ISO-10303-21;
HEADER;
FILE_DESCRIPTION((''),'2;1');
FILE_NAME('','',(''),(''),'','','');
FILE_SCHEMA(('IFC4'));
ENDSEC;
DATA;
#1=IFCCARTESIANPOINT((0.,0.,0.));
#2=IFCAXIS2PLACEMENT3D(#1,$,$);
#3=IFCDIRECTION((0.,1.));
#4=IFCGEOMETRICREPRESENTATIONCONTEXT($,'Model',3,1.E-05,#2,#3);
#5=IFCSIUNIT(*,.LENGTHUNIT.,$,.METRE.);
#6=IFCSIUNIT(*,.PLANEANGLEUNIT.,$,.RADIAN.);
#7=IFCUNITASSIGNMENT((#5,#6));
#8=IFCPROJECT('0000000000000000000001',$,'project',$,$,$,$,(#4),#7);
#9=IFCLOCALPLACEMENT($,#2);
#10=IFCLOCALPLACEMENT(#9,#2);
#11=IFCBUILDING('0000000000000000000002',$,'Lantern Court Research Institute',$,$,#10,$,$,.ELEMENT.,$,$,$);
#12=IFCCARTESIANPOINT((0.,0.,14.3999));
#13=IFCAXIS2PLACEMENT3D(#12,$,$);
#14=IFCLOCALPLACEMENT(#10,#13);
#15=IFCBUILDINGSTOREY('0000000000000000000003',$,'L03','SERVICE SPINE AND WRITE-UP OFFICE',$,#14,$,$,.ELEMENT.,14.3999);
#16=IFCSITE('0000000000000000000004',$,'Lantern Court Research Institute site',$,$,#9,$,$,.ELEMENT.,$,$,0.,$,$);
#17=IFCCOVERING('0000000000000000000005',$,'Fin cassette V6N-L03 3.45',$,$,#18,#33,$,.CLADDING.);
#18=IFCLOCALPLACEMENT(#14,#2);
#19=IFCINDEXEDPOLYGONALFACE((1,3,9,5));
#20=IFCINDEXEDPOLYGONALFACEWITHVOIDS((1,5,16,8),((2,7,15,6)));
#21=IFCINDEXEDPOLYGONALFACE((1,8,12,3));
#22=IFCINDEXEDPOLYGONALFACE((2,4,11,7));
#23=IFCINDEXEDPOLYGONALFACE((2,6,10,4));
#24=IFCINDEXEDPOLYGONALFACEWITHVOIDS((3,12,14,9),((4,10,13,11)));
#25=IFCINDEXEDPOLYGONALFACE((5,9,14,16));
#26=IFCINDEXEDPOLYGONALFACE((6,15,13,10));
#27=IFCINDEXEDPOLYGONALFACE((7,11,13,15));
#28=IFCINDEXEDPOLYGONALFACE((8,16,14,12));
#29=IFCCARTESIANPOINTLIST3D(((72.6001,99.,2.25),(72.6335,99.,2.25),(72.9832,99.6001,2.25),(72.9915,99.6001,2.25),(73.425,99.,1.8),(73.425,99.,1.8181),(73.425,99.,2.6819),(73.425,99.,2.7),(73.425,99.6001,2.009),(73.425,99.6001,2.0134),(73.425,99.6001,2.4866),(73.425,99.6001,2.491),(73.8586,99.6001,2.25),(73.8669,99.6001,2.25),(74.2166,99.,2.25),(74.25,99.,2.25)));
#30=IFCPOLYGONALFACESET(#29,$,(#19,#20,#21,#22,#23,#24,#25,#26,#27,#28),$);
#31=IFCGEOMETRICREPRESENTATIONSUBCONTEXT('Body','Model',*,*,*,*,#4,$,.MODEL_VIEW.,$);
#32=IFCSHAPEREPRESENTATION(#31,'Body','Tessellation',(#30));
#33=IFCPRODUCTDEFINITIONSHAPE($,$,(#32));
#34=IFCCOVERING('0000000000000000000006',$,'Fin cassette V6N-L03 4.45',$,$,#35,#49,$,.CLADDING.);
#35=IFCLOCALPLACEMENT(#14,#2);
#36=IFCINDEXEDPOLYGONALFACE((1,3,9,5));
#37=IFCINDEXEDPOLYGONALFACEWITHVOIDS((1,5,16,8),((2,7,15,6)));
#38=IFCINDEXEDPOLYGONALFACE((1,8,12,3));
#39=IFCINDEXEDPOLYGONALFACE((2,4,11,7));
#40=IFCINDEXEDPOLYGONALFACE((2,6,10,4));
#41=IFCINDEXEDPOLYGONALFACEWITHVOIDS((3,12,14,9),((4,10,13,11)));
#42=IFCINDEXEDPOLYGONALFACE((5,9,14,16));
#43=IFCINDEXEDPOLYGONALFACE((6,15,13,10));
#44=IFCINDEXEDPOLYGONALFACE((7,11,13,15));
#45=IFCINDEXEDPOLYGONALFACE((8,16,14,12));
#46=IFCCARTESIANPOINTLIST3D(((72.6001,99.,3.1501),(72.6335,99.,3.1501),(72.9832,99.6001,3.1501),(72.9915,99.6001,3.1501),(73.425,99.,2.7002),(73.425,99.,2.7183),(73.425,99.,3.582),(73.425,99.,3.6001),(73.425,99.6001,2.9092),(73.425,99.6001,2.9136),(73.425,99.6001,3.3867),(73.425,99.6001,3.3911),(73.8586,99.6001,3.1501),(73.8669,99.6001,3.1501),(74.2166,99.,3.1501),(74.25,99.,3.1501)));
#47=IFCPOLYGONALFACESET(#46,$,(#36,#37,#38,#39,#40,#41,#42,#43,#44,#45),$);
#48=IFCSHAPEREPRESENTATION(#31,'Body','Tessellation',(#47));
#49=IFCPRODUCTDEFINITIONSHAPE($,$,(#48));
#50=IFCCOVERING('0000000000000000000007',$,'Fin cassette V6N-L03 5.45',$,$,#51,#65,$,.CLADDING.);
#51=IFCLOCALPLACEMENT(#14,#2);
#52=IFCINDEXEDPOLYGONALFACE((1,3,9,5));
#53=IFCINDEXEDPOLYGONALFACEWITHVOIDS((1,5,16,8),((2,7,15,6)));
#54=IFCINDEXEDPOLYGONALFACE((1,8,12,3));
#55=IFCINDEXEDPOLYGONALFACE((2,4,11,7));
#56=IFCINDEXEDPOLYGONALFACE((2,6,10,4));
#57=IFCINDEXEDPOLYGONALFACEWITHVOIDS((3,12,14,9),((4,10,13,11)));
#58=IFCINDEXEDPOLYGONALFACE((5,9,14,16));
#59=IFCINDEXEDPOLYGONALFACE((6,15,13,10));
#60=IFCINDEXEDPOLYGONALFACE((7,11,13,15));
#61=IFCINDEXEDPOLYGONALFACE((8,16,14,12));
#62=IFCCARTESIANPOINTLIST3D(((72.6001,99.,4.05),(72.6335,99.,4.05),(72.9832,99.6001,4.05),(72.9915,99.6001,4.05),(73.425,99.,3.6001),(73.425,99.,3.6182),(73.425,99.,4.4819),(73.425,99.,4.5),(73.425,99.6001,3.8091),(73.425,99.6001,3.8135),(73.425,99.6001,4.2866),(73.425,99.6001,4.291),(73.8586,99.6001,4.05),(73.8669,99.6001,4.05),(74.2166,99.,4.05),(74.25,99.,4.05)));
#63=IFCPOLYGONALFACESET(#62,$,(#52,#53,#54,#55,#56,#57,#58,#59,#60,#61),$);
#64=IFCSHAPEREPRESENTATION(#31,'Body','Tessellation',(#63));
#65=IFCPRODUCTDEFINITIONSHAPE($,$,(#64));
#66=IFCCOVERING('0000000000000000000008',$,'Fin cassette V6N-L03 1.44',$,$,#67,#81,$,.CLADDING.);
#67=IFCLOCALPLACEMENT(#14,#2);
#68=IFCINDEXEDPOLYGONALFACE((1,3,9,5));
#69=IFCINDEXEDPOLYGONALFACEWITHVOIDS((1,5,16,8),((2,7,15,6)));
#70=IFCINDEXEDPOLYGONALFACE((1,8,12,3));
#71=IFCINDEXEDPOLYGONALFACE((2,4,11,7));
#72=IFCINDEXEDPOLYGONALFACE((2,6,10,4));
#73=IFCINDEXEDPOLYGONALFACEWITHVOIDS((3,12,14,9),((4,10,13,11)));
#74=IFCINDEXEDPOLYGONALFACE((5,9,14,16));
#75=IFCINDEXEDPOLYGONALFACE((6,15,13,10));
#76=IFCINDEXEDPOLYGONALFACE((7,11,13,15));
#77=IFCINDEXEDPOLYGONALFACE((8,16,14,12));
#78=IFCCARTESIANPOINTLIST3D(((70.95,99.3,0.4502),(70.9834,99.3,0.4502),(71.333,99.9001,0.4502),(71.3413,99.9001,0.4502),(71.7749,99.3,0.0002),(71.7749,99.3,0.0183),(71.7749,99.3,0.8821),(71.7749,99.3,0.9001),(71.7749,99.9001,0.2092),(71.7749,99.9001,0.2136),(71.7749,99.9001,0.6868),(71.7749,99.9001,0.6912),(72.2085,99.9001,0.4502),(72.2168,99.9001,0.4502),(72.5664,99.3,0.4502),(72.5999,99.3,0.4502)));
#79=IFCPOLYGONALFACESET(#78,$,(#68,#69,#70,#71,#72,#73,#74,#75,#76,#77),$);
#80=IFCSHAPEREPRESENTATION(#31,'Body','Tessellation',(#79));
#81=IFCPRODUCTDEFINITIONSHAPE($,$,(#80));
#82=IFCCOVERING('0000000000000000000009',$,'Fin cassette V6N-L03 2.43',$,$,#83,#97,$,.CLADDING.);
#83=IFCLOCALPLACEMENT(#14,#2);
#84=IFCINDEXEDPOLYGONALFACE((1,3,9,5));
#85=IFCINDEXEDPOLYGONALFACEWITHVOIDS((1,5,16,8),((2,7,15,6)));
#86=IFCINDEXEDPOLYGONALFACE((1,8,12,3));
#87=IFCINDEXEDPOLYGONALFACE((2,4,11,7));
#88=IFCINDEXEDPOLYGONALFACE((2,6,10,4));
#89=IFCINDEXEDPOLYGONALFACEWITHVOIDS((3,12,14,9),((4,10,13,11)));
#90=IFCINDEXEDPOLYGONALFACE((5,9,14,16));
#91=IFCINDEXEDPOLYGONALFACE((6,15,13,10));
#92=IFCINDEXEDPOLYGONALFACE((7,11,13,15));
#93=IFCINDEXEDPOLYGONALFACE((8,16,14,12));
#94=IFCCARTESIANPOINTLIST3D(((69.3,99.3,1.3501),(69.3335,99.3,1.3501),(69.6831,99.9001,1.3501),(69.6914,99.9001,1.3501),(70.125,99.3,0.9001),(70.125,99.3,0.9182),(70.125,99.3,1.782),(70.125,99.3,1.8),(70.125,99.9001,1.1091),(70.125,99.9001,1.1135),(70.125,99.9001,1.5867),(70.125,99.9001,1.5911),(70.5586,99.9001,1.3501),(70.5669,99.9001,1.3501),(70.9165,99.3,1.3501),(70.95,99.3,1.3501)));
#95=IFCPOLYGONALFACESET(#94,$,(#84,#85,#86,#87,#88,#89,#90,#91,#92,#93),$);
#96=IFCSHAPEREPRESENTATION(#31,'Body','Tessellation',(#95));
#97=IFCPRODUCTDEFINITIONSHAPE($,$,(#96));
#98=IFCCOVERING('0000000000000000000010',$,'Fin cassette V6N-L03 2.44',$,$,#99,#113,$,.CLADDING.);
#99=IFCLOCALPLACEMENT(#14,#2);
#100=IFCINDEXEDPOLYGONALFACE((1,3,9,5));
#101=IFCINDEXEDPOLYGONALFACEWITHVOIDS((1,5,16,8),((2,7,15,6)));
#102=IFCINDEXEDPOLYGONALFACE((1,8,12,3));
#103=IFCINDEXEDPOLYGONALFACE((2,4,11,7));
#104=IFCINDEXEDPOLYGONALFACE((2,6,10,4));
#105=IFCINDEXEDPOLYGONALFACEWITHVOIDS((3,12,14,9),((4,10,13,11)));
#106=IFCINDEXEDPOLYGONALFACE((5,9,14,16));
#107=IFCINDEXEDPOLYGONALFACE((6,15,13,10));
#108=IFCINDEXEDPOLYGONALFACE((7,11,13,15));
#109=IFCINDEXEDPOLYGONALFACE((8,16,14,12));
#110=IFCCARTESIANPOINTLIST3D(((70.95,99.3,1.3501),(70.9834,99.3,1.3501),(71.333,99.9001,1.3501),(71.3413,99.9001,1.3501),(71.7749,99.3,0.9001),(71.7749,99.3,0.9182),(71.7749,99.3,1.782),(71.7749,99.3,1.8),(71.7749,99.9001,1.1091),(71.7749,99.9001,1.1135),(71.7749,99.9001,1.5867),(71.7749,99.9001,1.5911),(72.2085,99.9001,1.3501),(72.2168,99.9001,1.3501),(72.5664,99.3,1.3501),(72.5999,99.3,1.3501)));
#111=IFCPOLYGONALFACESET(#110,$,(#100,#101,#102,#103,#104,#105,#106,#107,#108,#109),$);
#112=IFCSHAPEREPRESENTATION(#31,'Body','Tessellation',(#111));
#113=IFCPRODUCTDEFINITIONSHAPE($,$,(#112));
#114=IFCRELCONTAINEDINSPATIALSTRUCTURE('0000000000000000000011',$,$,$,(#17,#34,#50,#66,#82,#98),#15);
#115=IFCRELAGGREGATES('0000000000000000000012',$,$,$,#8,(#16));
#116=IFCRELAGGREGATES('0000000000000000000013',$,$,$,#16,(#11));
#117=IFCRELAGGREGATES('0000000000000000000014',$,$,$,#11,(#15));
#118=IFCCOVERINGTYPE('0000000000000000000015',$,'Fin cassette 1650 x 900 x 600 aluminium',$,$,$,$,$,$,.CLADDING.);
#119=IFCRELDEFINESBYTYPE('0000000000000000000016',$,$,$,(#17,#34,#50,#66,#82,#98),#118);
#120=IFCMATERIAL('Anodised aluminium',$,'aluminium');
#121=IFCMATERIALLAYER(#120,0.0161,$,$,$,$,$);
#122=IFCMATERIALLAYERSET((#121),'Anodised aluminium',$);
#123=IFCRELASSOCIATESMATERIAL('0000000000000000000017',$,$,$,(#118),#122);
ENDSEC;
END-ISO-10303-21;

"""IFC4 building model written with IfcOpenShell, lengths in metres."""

from ifc_helpers import new_model, entity, si_unit, direction, frame, origin, place, context, subcontext, project, spatial, material, layer, layer_set, type_object, element, save


model = new_model("IFC4")

# Units and contexts
model_context = context("Model", 3, precision=1e-05, world=origin(), true_north=direction((0.0, 1.0)))
body_context = subcontext(model_context, "Body", "Model", "MODEL_VIEW")
ifc_project = project(units=[si_unit("LENGTHUNIT", "METRE"), si_unit("PLANEANGLEUNIT", "RADIAN")], contexts=[model_context])

# Site, building, storey
site_placement = place(None, origin())
site = spatial("IfcSite", under=ifc_project, at=site_placement, Name="Lantern Court Research Institute site", CompositionType="ELEMENT", RefElevation=0.0)
building_placement = place(site_placement, origin())
building = spatial("IfcBuilding", under=site, at=building_placement, Name="Lantern Court Research Institute", CompositionType="ELEMENT")
storey_placement = place(building_placement, frame((0.0, 0.0, 14.3999)))
storey = spatial("IfcBuildingStorey", under=building, at=storey_placement, Name="L03", Description="SERVICE SPINE AND WRITE-UP OFFICE", CompositionType="ELEMENT", Elevation=14.3999)

# Coverings
ifc_material_1 = material(Name="Anodised aluminium", Category="aluminium")
ifc_layer_1 = layer(ifc_material_1, 0.0161)
ifc_layer_set_1 = layer_set([ifc_layer_1], Name="Anodised aluminium")
covering_type = type_object("IfcCoveringType", Name="Fin cassette 1650 x 900 x 600 aluminium", PredefinedType="CLADDING", material=ifc_layer_set_1)
covering_1_placement = place(storey_placement, frame((73.425, 99.0, 2.25), z_axis=(0.0, 1.0, 0.0), x_axis=(-1.0, 0.0, 0.0)))
cartesian_point_1 = entity("IfcCartesianPoint", [0.825, 0.0])
cartesian_point_2 = entity("IfcCartesianPoint", [0.7915, 0.0])
cartesian_point_3 = entity("IfcCartesianPoint", [0.4419, 0.0])
cartesian_point_4 = entity("IfcCartesianPoint", [0.4336, 0.0])
element("IfcCovering", 1, at=covering_1_placement, inside=storey, type_object=covering_type, Name="Fin cassette V6N-L03 3.45", PredefinedType="CLADDING", context=body_context, shape_type="SweptSolid", body=[
    entity("IfcExtrudedAreaSolidTapered", entity("IfcArbitraryProfileDefWithVoids", "AREA", None, entity("IfcPolyline", [cartesian_point_1, entity("IfcCartesianPoint", [0.0, 0.45]), entity("IfcCartesianPoint", [-0.825, 0.0]), entity("IfcCartesianPoint", [0.0, -0.45]), cartesian_point_1]), [entity("IfcPolyline", [cartesian_point_2, entity("IfcCartesianPoint", [0.0, 0.4319]), entity("IfcCartesianPoint", [-0.7915, 0.0]), entity("IfcCartesianPoint", [0.0, -0.4319]), cartesian_point_2])]), entity("IfcAxis2Placement3D", entity("IfcCartesianPoint", [0.0, 0.0, 0.0])), entity("IfcDirection", [0.0, 0.0, 1.0]), 0.6001, entity("IfcArbitraryProfileDefWithVoids", "AREA", None, entity("IfcPolyline", [cartesian_point_3, entity("IfcCartesianPoint", [0.0, 0.241]), entity("IfcCartesianPoint", [-0.4419, 0.0]), entity("IfcCartesianPoint", [0.0, -0.241]), cartesian_point_3]), [entity("IfcPolyline", [cartesian_point_4, entity("IfcCartesianPoint", [0.0, 0.2366]), entity("IfcCartesianPoint", [-0.4336, 0.0]), entity("IfcCartesianPoint", [0.0, -0.2366]), cartesian_point_4])])),
])
covering_2_placement = place(storey_placement, frame((73.425, 99.0, 3.1501), z_axis=(0.0, 1.0, 0.0), x_axis=(-1.0, 0.0, 0.0)))
cartesian_point_5 = entity("IfcCartesianPoint", [0.825, 0.0])
cartesian_point_6 = entity("IfcCartesianPoint", [0.7915, 0.0])
cartesian_point_7 = entity("IfcCartesianPoint", [0.4419, 0.0])
cartesian_point_8 = entity("IfcCartesianPoint", [0.4336, 0.0])
element("IfcCovering", 2, at=covering_2_placement, inside=storey, type_object=covering_type, Name="Fin cassette V6N-L03 4.45", PredefinedType="CLADDING", context=body_context, shape_type="SweptSolid", body=[
    entity("IfcExtrudedAreaSolidTapered", entity("IfcArbitraryProfileDefWithVoids", "AREA", None, entity("IfcPolyline", [cartesian_point_5, entity("IfcCartesianPoint", [0.0, 0.45]), entity("IfcCartesianPoint", [-0.825, 0.0]), entity("IfcCartesianPoint", [0.0, -0.45]), cartesian_point_5]), [entity("IfcPolyline", [cartesian_point_6, entity("IfcCartesianPoint", [0.0, 0.4319]), entity("IfcCartesianPoint", [-0.7915, 0.0]), entity("IfcCartesianPoint", [0.0, -0.4319]), cartesian_point_6])]), entity("IfcAxis2Placement3D", entity("IfcCartesianPoint", [0.0, 0.0, 0.0])), entity("IfcDirection", [0.0, 0.0, 1.0]), 0.6001, entity("IfcArbitraryProfileDefWithVoids", "AREA", None, entity("IfcPolyline", [cartesian_point_7, entity("IfcCartesianPoint", [0.0, 0.241]), entity("IfcCartesianPoint", [-0.4419, 0.0]), entity("IfcCartesianPoint", [0.0, -0.241]), cartesian_point_7]), [entity("IfcPolyline", [cartesian_point_8, entity("IfcCartesianPoint", [0.0, 0.2366]), entity("IfcCartesianPoint", [-0.4336, 0.0]), entity("IfcCartesianPoint", [0.0, -0.2366]), cartesian_point_8])])),
])
covering_3_placement = place(storey_placement, frame((73.425, 99.0, 4.05), z_axis=(0.0, 1.0, 0.0), x_axis=(-1.0, 0.0, 0.0)))
cartesian_point_9 = entity("IfcCartesianPoint", [0.825, 0.0])
cartesian_point_10 = entity("IfcCartesianPoint", [0.7915, 0.0])
cartesian_point_11 = entity("IfcCartesianPoint", [0.4419, 0.0])
cartesian_point_12 = entity("IfcCartesianPoint", [0.4336, 0.0])
element("IfcCovering", 3, at=covering_3_placement, inside=storey, type_object=covering_type, Name="Fin cassette V6N-L03 5.45", PredefinedType="CLADDING", context=body_context, shape_type="SweptSolid", body=[
    entity("IfcExtrudedAreaSolidTapered", entity("IfcArbitraryProfileDefWithVoids", "AREA", None, entity("IfcPolyline", [cartesian_point_9, entity("IfcCartesianPoint", [0.0, 0.45]), entity("IfcCartesianPoint", [-0.825, 0.0]), entity("IfcCartesianPoint", [0.0, -0.45]), cartesian_point_9]), [entity("IfcPolyline", [cartesian_point_10, entity("IfcCartesianPoint", [0.0, 0.4319]), entity("IfcCartesianPoint", [-0.7915, 0.0]), entity("IfcCartesianPoint", [0.0, -0.4319]), cartesian_point_10])]), entity("IfcAxis2Placement3D", entity("IfcCartesianPoint", [0.0, 0.0, 0.0])), entity("IfcDirection", [0.0, 0.0, 1.0]), 0.6001, entity("IfcArbitraryProfileDefWithVoids", "AREA", None, entity("IfcPolyline", [cartesian_point_11, entity("IfcCartesianPoint", [0.0, 0.241]), entity("IfcCartesianPoint", [-0.4419, 0.0]), entity("IfcCartesianPoint", [0.0, -0.241]), cartesian_point_11]), [entity("IfcPolyline", [cartesian_point_12, entity("IfcCartesianPoint", [0.0, 0.2366]), entity("IfcCartesianPoint", [-0.4336, 0.0]), entity("IfcCartesianPoint", [0.0, -0.2366]), cartesian_point_12])])),
])
covering_4_placement = place(storey_placement, frame((71.7749, 99.3, 0.4502), z_axis=(0.0, 1.0, 0.0), x_axis=(-1.0, 0.0, 0.0)))
cartesian_point_13 = entity("IfcCartesianPoint", [0.825, 0.0])
cartesian_point_14 = entity("IfcCartesianPoint", [0.7915, 0.0])
cartesian_point_15 = entity("IfcCartesianPoint", [0.4419, 0.0])
cartesian_point_16 = entity("IfcCartesianPoint", [0.4336, 0.0])
element("IfcCovering", 4, at=covering_4_placement, inside=storey, type_object=covering_type, Name="Fin cassette V6N-L03 1.44", PredefinedType="CLADDING", context=body_context, shape_type="SweptSolid", body=[
    entity("IfcExtrudedAreaSolidTapered", entity("IfcArbitraryProfileDefWithVoids", "AREA", None, entity("IfcPolyline", [cartesian_point_13, entity("IfcCartesianPoint", [0.0, 0.45]), entity("IfcCartesianPoint", [-0.825, 0.0]), entity("IfcCartesianPoint", [0.0, -0.45]), cartesian_point_13]), [entity("IfcPolyline", [cartesian_point_14, entity("IfcCartesianPoint", [0.0, 0.4319]), entity("IfcCartesianPoint", [-0.7915, 0.0]), entity("IfcCartesianPoint", [0.0, -0.4319]), cartesian_point_14])]), entity("IfcAxis2Placement3D", entity("IfcCartesianPoint", [0.0, 0.0, 0.0])), entity("IfcDirection", [0.0, 0.0, 1.0]), 0.6001, entity("IfcArbitraryProfileDefWithVoids", "AREA", None, entity("IfcPolyline", [cartesian_point_15, entity("IfcCartesianPoint", [0.0, 0.241]), entity("IfcCartesianPoint", [-0.4419, 0.0]), entity("IfcCartesianPoint", [0.0, -0.241]), cartesian_point_15]), [entity("IfcPolyline", [cartesian_point_16, entity("IfcCartesianPoint", [0.0, 0.2366]), entity("IfcCartesianPoint", [-0.4336, 0.0]), entity("IfcCartesianPoint", [0.0, -0.2366]), cartesian_point_16])])),
])
covering_5_placement = place(storey_placement, frame((70.125, 99.3, 1.3501), z_axis=(0.0, 1.0, 0.0), x_axis=(-1.0, 0.0, 0.0)))
cartesian_point_17 = entity("IfcCartesianPoint", [0.825, 0.0])
cartesian_point_18 = entity("IfcCartesianPoint", [0.7915, 0.0])
cartesian_point_19 = entity("IfcCartesianPoint", [0.4419, 0.0])
cartesian_point_20 = entity("IfcCartesianPoint", [0.4336, 0.0])
element("IfcCovering", 5, at=covering_5_placement, inside=storey, type_object=covering_type, Name="Fin cassette V6N-L03 2.43", PredefinedType="CLADDING", context=body_context, shape_type="SweptSolid", body=[
    entity("IfcExtrudedAreaSolidTapered", entity("IfcArbitraryProfileDefWithVoids", "AREA", None, entity("IfcPolyline", [cartesian_point_17, entity("IfcCartesianPoint", [0.0, 0.45]), entity("IfcCartesianPoint", [-0.825, 0.0]), entity("IfcCartesianPoint", [0.0, -0.45]), cartesian_point_17]), [entity("IfcPolyline", [cartesian_point_18, entity("IfcCartesianPoint", [0.0, 0.4319]), entity("IfcCartesianPoint", [-0.7915, 0.0]), entity("IfcCartesianPoint", [0.0, -0.4319]), cartesian_point_18])]), entity("IfcAxis2Placement3D", entity("IfcCartesianPoint", [0.0, 0.0, 0.0])), entity("IfcDirection", [0.0, 0.0, 1.0]), 0.6001, entity("IfcArbitraryProfileDefWithVoids", "AREA", None, entity("IfcPolyline", [cartesian_point_19, entity("IfcCartesianPoint", [0.0, 0.241]), entity("IfcCartesianPoint", [-0.4419, 0.0]), entity("IfcCartesianPoint", [0.0, -0.241]), cartesian_point_19]), [entity("IfcPolyline", [cartesian_point_20, entity("IfcCartesianPoint", [0.0, 0.2366]), entity("IfcCartesianPoint", [-0.4336, 0.0]), entity("IfcCartesianPoint", [0.0, -0.2366]), cartesian_point_20])])),
])
covering_6_placement = place(storey_placement, frame((71.7749, 99.3, 1.3501), z_axis=(0.0, 1.0, 0.0), x_axis=(-1.0, 0.0, 0.0)))
cartesian_point_21 = entity("IfcCartesianPoint", [0.825, 0.0])
cartesian_point_22 = entity("IfcCartesianPoint", [0.7915, 0.0])
cartesian_point_23 = entity("IfcCartesianPoint", [0.4419, 0.0])
cartesian_point_24 = entity("IfcCartesianPoint", [0.4336, 0.0])
element("IfcCovering", 6, at=covering_6_placement, inside=storey, type_object=covering_type, Name="Fin cassette V6N-L03 2.44", PredefinedType="CLADDING", context=body_context, shape_type="SweptSolid", body=[
    entity("IfcExtrudedAreaSolidTapered", entity("IfcArbitraryProfileDefWithVoids", "AREA", None, entity("IfcPolyline", [cartesian_point_21, entity("IfcCartesianPoint", [0.0, 0.45]), entity("IfcCartesianPoint", [-0.825, 0.0]), entity("IfcCartesianPoint", [0.0, -0.45]), cartesian_point_21]), [entity("IfcPolyline", [cartesian_point_22, entity("IfcCartesianPoint", [0.0, 0.4319]), entity("IfcCartesianPoint", [-0.7915, 0.0]), entity("IfcCartesianPoint", [0.0, -0.4319]), cartesian_point_22])]), entity("IfcAxis2Placement3D", entity("IfcCartesianPoint", [0.0, 0.0, 0.0])), entity("IfcDirection", [0.0, 0.0, 1.0]), 0.6001, entity("IfcArbitraryProfileDefWithVoids", "AREA", None, entity("IfcPolyline", [cartesian_point_23, entity("IfcCartesianPoint", [0.0, 0.241]), entity("IfcCartesianPoint", [-0.4419, 0.0]), entity("IfcCartesianPoint", [0.0, -0.241]), cartesian_point_23]), [entity("IfcPolyline", [cartesian_point_24, entity("IfcCartesianPoint", [0.0, 0.2366]), entity("IfcCartesianPoint", [-0.4336, 0.0]), entity("IfcCartesianPoint", [0.0, -0.2366]), cartesian_point_24])])),
])

save(model, "model.ifc")
